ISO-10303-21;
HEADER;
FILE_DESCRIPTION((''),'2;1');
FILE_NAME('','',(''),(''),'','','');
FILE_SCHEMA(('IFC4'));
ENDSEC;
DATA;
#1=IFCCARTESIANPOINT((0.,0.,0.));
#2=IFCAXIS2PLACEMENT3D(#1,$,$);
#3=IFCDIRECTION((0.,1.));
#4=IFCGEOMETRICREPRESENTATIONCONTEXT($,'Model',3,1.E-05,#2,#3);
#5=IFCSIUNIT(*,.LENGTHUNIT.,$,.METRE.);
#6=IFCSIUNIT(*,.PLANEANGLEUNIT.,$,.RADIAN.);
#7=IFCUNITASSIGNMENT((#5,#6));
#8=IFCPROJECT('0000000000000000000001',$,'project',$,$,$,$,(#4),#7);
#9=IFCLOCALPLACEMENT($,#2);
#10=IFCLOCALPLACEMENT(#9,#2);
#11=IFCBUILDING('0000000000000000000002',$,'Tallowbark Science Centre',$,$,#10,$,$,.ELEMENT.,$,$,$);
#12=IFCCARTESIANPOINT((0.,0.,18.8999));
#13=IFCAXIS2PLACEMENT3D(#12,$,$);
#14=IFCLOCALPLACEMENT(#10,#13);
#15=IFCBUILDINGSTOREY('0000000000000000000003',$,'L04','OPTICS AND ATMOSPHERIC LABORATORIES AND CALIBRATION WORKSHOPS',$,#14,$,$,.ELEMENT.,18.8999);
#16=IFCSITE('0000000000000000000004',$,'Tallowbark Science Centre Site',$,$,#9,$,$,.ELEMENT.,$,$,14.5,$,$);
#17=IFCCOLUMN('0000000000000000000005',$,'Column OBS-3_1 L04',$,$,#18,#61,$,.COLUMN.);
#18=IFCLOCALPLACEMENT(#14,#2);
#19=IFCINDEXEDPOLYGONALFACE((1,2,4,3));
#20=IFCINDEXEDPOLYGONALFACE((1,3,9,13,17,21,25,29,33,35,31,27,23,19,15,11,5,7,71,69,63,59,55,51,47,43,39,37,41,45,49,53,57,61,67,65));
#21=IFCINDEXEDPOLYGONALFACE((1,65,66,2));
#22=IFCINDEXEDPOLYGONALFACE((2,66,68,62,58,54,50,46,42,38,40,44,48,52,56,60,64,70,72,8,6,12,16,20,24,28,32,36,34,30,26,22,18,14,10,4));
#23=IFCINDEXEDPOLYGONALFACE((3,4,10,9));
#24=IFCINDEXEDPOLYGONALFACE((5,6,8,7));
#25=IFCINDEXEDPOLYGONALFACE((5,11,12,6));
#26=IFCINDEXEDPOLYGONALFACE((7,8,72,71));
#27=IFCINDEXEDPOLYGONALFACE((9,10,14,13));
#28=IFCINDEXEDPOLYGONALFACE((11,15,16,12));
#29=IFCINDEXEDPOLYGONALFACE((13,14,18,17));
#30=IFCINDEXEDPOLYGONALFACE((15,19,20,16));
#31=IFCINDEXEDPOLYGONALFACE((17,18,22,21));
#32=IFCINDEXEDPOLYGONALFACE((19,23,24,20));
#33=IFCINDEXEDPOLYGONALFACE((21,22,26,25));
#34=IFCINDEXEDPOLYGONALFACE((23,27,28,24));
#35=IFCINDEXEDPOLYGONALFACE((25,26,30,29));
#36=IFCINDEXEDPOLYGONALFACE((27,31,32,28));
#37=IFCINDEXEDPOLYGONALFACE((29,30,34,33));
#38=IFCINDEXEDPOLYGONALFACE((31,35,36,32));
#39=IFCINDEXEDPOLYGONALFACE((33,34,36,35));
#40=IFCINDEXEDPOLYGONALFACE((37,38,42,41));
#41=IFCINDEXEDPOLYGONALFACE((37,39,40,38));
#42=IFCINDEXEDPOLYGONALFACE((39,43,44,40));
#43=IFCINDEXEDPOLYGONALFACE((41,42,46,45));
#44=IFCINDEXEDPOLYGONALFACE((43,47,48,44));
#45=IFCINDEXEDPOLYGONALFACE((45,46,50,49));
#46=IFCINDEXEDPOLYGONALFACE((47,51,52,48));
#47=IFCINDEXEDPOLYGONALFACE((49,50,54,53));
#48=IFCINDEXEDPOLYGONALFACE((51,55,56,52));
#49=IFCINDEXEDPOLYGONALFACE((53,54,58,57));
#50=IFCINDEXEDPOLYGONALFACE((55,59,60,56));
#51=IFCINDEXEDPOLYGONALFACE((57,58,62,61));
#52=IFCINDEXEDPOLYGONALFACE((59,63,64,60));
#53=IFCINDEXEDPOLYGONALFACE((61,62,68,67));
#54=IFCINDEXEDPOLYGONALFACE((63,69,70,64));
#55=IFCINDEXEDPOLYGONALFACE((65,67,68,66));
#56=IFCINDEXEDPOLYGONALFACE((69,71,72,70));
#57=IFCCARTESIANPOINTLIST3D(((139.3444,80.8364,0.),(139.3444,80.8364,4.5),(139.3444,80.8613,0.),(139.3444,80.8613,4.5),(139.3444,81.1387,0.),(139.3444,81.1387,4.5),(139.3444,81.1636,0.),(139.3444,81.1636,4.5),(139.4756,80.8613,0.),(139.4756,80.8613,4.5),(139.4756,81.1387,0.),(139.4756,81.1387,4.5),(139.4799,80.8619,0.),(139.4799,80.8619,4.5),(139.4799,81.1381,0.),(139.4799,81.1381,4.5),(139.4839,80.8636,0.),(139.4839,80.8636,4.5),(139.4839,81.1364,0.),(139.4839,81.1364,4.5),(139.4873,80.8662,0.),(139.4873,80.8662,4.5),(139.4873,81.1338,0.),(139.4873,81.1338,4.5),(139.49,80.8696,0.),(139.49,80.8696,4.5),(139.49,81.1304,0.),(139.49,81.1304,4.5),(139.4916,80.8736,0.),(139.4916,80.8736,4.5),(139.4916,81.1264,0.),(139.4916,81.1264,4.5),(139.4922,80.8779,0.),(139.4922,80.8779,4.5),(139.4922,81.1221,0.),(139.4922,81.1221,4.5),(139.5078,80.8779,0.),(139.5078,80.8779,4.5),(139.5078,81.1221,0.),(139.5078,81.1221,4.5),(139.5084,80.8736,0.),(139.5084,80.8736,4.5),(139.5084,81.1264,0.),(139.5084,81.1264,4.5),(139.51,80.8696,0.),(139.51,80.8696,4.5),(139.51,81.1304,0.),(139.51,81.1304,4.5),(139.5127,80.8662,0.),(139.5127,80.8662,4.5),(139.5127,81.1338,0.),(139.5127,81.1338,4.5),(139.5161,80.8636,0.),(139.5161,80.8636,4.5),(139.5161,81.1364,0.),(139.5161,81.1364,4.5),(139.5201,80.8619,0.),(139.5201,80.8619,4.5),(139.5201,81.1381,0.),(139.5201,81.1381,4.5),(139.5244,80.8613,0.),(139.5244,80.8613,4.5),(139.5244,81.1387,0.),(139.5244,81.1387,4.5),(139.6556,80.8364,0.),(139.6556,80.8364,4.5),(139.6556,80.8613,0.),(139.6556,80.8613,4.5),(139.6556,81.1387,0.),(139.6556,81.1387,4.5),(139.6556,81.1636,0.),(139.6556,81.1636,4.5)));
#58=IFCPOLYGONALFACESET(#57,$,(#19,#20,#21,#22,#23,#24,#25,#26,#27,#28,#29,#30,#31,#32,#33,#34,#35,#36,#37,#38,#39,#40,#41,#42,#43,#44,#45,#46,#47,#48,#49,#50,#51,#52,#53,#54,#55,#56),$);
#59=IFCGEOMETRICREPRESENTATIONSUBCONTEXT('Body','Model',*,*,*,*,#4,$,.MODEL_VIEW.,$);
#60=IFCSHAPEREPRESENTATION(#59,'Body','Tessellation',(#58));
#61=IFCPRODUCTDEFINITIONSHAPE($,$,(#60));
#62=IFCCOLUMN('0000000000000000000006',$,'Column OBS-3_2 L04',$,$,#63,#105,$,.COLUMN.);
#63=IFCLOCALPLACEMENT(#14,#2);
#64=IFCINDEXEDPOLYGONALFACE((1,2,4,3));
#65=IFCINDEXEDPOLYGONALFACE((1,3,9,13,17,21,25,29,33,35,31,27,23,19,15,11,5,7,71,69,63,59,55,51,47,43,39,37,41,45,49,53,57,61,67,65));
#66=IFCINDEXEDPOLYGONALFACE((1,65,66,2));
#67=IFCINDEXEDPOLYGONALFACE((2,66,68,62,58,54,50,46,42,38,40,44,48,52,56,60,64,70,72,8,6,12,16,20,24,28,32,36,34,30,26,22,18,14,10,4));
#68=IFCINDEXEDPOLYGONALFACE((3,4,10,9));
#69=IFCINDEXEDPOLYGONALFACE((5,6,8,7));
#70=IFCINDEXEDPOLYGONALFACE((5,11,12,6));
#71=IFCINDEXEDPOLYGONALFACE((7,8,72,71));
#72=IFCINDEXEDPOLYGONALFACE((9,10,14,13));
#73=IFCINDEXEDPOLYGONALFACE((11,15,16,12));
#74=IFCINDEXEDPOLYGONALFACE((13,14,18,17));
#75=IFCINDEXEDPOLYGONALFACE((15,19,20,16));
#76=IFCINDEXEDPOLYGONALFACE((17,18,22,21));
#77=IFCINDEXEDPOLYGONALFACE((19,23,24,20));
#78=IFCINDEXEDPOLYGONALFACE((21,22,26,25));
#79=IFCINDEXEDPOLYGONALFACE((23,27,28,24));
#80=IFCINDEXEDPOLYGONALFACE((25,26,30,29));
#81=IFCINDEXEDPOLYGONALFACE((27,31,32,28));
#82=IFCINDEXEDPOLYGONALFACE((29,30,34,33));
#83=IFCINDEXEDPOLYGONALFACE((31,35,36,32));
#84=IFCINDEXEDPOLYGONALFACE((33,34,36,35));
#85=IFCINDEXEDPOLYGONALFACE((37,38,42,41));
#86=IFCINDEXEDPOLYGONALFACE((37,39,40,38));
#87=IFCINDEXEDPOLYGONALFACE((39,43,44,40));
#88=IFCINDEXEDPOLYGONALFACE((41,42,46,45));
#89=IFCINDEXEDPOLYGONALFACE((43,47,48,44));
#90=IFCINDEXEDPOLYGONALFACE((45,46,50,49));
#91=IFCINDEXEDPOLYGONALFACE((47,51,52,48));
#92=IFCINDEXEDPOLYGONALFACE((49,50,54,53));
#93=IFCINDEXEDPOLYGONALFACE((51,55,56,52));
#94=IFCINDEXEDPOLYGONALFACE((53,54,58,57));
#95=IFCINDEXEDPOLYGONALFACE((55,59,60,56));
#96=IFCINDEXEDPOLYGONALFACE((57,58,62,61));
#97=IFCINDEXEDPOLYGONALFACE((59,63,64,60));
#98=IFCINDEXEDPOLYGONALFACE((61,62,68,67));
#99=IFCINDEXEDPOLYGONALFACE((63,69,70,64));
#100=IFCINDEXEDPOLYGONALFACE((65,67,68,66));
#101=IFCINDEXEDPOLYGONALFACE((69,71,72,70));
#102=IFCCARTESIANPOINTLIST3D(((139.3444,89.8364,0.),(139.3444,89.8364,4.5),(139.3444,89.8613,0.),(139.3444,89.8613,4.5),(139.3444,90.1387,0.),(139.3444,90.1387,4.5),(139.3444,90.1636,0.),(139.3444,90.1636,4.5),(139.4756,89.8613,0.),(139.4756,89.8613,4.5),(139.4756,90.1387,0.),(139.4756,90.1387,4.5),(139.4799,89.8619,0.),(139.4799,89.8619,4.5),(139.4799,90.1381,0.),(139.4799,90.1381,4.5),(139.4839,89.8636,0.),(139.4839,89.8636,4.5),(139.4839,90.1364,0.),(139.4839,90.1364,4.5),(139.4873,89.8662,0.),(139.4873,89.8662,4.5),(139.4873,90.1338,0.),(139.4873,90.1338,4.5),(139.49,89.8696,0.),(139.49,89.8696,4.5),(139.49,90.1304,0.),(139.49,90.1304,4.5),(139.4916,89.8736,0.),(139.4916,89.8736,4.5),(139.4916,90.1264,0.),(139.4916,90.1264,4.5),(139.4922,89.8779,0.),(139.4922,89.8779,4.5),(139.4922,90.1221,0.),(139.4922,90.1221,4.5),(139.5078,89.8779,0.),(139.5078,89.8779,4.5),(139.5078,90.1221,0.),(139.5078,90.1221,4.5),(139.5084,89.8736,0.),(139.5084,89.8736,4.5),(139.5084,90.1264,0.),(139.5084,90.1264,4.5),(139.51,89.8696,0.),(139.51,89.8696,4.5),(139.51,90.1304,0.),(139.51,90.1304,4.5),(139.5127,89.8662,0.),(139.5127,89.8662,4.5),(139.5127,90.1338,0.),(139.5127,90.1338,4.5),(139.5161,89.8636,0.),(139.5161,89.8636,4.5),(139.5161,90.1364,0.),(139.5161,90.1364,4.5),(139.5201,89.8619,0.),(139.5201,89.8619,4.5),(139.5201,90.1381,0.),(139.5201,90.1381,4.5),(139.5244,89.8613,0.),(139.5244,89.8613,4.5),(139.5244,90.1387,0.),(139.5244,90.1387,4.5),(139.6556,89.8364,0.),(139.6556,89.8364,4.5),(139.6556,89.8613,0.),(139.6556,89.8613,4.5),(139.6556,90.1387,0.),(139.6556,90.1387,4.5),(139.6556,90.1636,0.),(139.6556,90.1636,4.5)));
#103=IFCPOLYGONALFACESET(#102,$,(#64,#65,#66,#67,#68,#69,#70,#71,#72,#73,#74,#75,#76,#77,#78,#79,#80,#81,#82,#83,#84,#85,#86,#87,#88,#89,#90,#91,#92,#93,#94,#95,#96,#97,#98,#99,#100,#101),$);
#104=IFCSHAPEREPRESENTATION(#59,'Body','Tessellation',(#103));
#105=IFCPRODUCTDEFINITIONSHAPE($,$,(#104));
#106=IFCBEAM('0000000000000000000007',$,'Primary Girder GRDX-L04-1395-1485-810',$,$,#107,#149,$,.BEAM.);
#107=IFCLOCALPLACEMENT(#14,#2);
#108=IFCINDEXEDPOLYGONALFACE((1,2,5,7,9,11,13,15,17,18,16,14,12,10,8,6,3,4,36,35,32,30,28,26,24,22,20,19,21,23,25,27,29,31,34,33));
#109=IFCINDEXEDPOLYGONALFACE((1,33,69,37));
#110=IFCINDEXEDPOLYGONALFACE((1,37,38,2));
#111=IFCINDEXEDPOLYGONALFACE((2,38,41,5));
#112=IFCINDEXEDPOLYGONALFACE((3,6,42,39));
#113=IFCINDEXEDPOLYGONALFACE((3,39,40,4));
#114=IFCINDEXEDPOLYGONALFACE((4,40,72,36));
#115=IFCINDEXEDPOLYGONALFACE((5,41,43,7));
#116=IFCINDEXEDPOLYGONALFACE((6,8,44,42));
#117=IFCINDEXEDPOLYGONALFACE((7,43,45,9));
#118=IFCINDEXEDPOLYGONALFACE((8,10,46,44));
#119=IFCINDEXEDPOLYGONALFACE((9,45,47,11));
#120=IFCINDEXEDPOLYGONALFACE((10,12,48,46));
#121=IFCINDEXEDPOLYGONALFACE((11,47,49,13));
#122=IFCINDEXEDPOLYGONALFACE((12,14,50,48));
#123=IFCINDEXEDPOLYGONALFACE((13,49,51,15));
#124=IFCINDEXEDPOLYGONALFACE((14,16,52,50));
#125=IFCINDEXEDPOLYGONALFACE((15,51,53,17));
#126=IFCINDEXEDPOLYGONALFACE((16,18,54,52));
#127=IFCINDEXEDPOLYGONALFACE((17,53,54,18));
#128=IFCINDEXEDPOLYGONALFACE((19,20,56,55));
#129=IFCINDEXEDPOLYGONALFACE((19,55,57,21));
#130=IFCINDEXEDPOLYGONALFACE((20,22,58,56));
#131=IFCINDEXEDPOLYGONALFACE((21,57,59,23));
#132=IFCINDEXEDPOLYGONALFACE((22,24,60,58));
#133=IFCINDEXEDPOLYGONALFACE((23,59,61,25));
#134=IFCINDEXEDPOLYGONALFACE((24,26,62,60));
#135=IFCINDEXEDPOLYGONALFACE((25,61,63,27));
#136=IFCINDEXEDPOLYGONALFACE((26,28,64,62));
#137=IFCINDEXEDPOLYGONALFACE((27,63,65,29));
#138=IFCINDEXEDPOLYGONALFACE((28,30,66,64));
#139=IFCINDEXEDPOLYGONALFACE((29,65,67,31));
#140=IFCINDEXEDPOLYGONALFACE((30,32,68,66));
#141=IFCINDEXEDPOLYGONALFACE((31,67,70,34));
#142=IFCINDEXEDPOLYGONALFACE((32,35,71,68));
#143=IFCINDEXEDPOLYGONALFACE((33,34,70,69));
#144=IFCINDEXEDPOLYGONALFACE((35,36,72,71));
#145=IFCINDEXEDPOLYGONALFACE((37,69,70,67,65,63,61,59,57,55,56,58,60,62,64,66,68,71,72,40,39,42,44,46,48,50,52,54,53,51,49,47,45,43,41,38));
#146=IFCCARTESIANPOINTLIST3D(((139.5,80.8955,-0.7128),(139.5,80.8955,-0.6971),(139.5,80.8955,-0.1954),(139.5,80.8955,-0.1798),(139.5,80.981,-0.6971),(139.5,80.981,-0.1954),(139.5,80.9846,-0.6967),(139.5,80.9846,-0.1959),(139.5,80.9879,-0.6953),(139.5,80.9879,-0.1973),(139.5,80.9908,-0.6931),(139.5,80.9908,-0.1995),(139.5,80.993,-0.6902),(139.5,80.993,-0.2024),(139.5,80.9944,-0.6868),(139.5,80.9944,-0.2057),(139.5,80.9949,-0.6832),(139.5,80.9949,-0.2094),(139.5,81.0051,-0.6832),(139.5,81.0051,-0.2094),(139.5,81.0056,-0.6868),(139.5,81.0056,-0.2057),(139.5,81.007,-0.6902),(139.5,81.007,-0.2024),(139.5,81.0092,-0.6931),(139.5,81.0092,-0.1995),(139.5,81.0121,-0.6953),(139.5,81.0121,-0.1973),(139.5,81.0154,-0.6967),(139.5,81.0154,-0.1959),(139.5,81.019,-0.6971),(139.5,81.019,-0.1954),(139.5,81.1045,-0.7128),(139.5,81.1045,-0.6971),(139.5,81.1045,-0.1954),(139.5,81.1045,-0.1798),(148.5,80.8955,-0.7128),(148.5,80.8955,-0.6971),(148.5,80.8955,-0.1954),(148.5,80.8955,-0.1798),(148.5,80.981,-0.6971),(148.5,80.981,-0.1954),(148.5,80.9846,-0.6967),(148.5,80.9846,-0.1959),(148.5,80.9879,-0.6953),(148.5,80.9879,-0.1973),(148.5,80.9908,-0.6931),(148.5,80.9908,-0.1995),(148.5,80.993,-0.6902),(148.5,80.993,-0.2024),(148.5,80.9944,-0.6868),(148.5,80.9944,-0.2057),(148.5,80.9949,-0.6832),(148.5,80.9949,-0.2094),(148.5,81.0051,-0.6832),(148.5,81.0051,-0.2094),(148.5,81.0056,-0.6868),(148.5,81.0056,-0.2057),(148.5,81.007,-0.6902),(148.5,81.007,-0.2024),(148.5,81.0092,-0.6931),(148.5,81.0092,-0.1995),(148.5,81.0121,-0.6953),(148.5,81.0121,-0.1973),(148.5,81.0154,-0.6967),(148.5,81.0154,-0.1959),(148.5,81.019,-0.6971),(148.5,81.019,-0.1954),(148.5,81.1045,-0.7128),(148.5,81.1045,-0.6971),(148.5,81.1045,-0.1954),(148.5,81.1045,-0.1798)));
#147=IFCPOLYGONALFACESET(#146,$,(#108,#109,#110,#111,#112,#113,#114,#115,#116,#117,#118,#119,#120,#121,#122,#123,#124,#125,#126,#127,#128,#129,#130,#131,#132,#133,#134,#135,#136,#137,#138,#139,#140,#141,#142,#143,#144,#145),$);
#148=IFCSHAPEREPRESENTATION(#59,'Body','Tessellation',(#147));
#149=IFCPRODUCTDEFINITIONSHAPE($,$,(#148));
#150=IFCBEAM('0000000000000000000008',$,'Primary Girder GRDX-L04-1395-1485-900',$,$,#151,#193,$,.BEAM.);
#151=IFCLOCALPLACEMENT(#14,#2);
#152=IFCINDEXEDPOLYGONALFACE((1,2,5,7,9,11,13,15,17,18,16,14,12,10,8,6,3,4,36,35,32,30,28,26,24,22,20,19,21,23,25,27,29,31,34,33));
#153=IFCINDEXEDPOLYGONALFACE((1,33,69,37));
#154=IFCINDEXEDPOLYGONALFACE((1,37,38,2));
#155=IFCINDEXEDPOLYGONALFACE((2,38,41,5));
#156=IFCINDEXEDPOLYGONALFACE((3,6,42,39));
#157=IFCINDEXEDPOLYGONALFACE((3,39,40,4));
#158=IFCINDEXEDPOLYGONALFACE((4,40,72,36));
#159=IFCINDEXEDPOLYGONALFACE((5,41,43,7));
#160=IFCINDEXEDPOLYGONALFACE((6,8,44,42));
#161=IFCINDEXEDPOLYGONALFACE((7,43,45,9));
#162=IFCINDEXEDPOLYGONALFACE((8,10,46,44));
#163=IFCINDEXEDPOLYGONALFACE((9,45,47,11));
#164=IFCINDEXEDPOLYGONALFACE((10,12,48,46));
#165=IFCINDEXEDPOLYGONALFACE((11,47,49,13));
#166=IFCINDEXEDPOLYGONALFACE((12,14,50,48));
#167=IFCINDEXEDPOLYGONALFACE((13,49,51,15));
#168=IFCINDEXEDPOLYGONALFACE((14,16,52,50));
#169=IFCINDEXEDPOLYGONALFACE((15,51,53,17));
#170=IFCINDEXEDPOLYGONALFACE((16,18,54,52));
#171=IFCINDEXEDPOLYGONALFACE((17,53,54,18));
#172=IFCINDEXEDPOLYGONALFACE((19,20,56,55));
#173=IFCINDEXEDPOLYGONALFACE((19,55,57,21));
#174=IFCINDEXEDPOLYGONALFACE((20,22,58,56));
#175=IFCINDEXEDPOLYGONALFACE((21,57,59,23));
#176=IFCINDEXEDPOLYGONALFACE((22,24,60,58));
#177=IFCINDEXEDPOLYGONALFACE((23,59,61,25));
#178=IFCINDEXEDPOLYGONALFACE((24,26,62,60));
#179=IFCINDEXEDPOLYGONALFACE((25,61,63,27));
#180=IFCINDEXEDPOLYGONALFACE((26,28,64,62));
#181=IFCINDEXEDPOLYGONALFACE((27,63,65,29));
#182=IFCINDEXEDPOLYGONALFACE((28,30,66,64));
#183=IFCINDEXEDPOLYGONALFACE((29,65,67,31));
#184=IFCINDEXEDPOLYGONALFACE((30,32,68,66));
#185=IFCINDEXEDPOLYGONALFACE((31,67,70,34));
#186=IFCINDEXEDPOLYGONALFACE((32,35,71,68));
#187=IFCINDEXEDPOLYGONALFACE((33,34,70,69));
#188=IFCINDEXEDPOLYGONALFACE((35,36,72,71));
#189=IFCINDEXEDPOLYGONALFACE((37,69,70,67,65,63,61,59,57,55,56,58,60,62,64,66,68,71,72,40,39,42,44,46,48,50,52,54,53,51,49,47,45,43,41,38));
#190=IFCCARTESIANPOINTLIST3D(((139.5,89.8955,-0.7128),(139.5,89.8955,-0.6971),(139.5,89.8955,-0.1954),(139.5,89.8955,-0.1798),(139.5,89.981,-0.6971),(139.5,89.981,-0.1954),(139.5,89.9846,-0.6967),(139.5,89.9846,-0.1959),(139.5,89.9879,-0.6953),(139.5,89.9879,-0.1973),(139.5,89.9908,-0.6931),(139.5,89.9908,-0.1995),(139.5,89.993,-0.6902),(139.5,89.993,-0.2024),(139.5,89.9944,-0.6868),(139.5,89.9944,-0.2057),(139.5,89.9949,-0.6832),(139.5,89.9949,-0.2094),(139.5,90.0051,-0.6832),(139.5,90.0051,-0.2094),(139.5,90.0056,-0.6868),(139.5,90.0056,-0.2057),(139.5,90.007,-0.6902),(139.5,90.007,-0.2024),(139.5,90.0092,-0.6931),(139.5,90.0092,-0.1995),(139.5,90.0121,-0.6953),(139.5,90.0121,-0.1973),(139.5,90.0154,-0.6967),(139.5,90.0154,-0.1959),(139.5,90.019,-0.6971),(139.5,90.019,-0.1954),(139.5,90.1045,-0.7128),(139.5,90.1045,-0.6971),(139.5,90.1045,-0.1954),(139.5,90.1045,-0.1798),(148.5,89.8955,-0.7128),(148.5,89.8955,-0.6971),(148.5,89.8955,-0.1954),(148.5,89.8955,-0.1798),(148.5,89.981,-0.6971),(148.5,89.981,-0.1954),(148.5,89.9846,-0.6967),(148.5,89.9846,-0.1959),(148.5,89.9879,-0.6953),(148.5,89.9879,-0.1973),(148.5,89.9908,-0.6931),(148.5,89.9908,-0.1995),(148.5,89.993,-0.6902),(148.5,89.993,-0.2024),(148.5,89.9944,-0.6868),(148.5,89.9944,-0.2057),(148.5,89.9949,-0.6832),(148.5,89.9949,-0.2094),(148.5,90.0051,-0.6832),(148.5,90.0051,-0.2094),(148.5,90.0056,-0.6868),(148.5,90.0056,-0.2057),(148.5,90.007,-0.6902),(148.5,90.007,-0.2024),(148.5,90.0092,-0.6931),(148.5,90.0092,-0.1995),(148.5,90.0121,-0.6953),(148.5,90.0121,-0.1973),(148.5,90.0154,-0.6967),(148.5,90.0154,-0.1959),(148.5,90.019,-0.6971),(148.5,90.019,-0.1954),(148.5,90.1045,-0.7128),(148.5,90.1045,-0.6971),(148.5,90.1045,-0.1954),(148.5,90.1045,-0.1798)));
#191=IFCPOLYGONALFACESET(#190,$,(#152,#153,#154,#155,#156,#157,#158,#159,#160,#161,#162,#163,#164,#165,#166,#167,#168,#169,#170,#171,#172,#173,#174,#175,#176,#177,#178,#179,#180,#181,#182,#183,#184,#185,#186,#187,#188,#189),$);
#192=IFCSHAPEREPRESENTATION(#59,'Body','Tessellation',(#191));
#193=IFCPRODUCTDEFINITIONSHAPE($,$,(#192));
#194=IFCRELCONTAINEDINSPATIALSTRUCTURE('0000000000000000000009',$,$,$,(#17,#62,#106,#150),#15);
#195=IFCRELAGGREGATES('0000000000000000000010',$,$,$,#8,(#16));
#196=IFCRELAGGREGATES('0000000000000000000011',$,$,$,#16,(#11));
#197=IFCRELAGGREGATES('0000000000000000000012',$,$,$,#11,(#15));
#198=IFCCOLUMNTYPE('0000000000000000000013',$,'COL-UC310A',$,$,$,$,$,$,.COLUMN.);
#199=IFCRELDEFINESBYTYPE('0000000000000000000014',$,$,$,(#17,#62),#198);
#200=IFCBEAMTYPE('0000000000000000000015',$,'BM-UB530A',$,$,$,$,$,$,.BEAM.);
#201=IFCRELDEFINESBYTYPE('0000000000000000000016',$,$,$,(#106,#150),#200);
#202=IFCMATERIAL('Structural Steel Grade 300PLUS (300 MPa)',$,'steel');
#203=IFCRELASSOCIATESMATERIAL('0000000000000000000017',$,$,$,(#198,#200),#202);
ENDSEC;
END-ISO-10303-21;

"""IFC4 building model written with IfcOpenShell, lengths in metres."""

from ifc_helpers import new_model, si_unit, direction, frame, origin, origin_2d, place, context, subcontext, project, spatial, i_section, extrude, material, material_profile, profile_set, type_object, element, save


model = new_model("IFC4")

# Units and contexts
model_context = context("Model", 3, precision=1e-05, world=origin(), true_north=direction((0.0, 1.0)))
body_context = subcontext(model_context, "Body", "Model", "MODEL_VIEW")
ifc_project = project(units=[si_unit("LENGTHUNIT", "METRE"), si_unit("PLANEANGLEUNIT", "RADIAN")], contexts=[model_context])

# Site, building, storey
site_placement = place(None, origin())
site = spatial("IfcSite", under=ifc_project, at=site_placement, Name="Tallowbark Science Centre Site", CompositionType="ELEMENT", RefElevation=14.5)
building_placement = place(site_placement, origin())
building = spatial("IfcBuilding", under=site, at=building_placement, Name="Tallowbark Science Centre", CompositionType="ELEMENT")
storey_placement = place(building_placement, frame((0.0, 0.0, 18.8999)))
storey = spatial("IfcBuildingStorey", under=building, at=storey_placement, Name="L04", Description="OPTICS AND ATMOSPHERIC LABORATORIES AND CALIBRATION WORKSHOPS", CompositionType="ELEMENT", Elevation=18.8999)

# Columns
ifc_material_1 = material(Name="Structural Steel Grade 300PLUS (300 MPa)", Category="steel")
ifc_material_profile_1 = material_profile(ifc_material_1, i_section(OverallWidth=0.3113, OverallDepth=0.3271, WebThickness=0.0156, FlangeThickness=0.0249, FilletRadius=0.0166, at=origin_2d()), Name="310UC158")
ifc_profile_set_1 = profile_set([ifc_material_profile_1], Name="Structural Steel Grade 300PLUS (300 MPa)")
column_type = type_object("IfcColumnType", Name="COL-UC310A", PredefinedType="COLUMN", material=ifc_profile_set_1)
for number, where, z_axis, x_axis, name in (
    (1, (139.5, 81.0, 0.0), (0.0, 0.0, 1.0), (1.0, 0.0, 0.0), "Column OBS-3_1 L04"),
    (2, (139.5, 90.0, 0.0), (0.0, 0.0, 1.0), (1.0, 0.0, 0.0), "Column OBS-3_2 L04"),
):
    element("IfcColumn", number, at=place(storey_placement, frame(where, z_axis=z_axis, x_axis=x_axis)), inside=storey, type_object=column_type, Name=name, PredefinedType="COLUMN", context=body_context, shape_type="SweptSolid", body=[
        extrude(i_section(OverallWidth=0.3113, OverallDepth=0.3271, WebThickness=0.0156, FlangeThickness=0.0249, FilletRadius=0.0166, at=origin_2d()), origin(), (0.0, 0.0, 1.0), 4.5),
    ])

# Beams
ifc_material_profile_2 = material_profile(ifc_material_1, i_section(OverallWidth=0.209, OverallDepth=0.533, WebThickness=0.0103, FlangeThickness=0.0156, FilletRadius=0.0139, at=origin_2d()), Name="530UB92.4")
ifc_profile_set_2 = profile_set([ifc_material_profile_2], Name="Structural Steel Grade 300PLUS (300 MPa)")
beam_type_1 = type_object("IfcBeamType", Name="BM-UB530A", PredefinedType="BEAM", material=ifc_profile_set_2)
for number, where, z_axis, x_axis, name in (
    (3, (139.5, 81.0, -0.4463), (1.0, 0.0, 0.0), (0.0, 1.0, 0.0), "Primary Girder GRDX-L04-1395-1485-810"),
    (4, (139.5, 90.0, -0.4463), (1.0, 0.0, 0.0), (0.0, 1.0, 0.0), "Primary Girder GRDX-L04-1395-1485-900"),
):
    element("IfcBeam", number, at=place(storey_placement, frame(where, z_axis=z_axis, x_axis=x_axis)), inside=storey, type_object=beam_type_1, Name=name, PredefinedType="BEAM", context=body_context, shape_type="SweptSolid", body=[
        extrude(i_section(OverallWidth=0.209, OverallDepth=0.533, WebThickness=0.0103, FlangeThickness=0.0156, FilletRadius=0.0139, at=origin_2d()), origin(), (0.0, 0.0, 1.0), 9.0),
    ])

save(model, "model.ifc")
